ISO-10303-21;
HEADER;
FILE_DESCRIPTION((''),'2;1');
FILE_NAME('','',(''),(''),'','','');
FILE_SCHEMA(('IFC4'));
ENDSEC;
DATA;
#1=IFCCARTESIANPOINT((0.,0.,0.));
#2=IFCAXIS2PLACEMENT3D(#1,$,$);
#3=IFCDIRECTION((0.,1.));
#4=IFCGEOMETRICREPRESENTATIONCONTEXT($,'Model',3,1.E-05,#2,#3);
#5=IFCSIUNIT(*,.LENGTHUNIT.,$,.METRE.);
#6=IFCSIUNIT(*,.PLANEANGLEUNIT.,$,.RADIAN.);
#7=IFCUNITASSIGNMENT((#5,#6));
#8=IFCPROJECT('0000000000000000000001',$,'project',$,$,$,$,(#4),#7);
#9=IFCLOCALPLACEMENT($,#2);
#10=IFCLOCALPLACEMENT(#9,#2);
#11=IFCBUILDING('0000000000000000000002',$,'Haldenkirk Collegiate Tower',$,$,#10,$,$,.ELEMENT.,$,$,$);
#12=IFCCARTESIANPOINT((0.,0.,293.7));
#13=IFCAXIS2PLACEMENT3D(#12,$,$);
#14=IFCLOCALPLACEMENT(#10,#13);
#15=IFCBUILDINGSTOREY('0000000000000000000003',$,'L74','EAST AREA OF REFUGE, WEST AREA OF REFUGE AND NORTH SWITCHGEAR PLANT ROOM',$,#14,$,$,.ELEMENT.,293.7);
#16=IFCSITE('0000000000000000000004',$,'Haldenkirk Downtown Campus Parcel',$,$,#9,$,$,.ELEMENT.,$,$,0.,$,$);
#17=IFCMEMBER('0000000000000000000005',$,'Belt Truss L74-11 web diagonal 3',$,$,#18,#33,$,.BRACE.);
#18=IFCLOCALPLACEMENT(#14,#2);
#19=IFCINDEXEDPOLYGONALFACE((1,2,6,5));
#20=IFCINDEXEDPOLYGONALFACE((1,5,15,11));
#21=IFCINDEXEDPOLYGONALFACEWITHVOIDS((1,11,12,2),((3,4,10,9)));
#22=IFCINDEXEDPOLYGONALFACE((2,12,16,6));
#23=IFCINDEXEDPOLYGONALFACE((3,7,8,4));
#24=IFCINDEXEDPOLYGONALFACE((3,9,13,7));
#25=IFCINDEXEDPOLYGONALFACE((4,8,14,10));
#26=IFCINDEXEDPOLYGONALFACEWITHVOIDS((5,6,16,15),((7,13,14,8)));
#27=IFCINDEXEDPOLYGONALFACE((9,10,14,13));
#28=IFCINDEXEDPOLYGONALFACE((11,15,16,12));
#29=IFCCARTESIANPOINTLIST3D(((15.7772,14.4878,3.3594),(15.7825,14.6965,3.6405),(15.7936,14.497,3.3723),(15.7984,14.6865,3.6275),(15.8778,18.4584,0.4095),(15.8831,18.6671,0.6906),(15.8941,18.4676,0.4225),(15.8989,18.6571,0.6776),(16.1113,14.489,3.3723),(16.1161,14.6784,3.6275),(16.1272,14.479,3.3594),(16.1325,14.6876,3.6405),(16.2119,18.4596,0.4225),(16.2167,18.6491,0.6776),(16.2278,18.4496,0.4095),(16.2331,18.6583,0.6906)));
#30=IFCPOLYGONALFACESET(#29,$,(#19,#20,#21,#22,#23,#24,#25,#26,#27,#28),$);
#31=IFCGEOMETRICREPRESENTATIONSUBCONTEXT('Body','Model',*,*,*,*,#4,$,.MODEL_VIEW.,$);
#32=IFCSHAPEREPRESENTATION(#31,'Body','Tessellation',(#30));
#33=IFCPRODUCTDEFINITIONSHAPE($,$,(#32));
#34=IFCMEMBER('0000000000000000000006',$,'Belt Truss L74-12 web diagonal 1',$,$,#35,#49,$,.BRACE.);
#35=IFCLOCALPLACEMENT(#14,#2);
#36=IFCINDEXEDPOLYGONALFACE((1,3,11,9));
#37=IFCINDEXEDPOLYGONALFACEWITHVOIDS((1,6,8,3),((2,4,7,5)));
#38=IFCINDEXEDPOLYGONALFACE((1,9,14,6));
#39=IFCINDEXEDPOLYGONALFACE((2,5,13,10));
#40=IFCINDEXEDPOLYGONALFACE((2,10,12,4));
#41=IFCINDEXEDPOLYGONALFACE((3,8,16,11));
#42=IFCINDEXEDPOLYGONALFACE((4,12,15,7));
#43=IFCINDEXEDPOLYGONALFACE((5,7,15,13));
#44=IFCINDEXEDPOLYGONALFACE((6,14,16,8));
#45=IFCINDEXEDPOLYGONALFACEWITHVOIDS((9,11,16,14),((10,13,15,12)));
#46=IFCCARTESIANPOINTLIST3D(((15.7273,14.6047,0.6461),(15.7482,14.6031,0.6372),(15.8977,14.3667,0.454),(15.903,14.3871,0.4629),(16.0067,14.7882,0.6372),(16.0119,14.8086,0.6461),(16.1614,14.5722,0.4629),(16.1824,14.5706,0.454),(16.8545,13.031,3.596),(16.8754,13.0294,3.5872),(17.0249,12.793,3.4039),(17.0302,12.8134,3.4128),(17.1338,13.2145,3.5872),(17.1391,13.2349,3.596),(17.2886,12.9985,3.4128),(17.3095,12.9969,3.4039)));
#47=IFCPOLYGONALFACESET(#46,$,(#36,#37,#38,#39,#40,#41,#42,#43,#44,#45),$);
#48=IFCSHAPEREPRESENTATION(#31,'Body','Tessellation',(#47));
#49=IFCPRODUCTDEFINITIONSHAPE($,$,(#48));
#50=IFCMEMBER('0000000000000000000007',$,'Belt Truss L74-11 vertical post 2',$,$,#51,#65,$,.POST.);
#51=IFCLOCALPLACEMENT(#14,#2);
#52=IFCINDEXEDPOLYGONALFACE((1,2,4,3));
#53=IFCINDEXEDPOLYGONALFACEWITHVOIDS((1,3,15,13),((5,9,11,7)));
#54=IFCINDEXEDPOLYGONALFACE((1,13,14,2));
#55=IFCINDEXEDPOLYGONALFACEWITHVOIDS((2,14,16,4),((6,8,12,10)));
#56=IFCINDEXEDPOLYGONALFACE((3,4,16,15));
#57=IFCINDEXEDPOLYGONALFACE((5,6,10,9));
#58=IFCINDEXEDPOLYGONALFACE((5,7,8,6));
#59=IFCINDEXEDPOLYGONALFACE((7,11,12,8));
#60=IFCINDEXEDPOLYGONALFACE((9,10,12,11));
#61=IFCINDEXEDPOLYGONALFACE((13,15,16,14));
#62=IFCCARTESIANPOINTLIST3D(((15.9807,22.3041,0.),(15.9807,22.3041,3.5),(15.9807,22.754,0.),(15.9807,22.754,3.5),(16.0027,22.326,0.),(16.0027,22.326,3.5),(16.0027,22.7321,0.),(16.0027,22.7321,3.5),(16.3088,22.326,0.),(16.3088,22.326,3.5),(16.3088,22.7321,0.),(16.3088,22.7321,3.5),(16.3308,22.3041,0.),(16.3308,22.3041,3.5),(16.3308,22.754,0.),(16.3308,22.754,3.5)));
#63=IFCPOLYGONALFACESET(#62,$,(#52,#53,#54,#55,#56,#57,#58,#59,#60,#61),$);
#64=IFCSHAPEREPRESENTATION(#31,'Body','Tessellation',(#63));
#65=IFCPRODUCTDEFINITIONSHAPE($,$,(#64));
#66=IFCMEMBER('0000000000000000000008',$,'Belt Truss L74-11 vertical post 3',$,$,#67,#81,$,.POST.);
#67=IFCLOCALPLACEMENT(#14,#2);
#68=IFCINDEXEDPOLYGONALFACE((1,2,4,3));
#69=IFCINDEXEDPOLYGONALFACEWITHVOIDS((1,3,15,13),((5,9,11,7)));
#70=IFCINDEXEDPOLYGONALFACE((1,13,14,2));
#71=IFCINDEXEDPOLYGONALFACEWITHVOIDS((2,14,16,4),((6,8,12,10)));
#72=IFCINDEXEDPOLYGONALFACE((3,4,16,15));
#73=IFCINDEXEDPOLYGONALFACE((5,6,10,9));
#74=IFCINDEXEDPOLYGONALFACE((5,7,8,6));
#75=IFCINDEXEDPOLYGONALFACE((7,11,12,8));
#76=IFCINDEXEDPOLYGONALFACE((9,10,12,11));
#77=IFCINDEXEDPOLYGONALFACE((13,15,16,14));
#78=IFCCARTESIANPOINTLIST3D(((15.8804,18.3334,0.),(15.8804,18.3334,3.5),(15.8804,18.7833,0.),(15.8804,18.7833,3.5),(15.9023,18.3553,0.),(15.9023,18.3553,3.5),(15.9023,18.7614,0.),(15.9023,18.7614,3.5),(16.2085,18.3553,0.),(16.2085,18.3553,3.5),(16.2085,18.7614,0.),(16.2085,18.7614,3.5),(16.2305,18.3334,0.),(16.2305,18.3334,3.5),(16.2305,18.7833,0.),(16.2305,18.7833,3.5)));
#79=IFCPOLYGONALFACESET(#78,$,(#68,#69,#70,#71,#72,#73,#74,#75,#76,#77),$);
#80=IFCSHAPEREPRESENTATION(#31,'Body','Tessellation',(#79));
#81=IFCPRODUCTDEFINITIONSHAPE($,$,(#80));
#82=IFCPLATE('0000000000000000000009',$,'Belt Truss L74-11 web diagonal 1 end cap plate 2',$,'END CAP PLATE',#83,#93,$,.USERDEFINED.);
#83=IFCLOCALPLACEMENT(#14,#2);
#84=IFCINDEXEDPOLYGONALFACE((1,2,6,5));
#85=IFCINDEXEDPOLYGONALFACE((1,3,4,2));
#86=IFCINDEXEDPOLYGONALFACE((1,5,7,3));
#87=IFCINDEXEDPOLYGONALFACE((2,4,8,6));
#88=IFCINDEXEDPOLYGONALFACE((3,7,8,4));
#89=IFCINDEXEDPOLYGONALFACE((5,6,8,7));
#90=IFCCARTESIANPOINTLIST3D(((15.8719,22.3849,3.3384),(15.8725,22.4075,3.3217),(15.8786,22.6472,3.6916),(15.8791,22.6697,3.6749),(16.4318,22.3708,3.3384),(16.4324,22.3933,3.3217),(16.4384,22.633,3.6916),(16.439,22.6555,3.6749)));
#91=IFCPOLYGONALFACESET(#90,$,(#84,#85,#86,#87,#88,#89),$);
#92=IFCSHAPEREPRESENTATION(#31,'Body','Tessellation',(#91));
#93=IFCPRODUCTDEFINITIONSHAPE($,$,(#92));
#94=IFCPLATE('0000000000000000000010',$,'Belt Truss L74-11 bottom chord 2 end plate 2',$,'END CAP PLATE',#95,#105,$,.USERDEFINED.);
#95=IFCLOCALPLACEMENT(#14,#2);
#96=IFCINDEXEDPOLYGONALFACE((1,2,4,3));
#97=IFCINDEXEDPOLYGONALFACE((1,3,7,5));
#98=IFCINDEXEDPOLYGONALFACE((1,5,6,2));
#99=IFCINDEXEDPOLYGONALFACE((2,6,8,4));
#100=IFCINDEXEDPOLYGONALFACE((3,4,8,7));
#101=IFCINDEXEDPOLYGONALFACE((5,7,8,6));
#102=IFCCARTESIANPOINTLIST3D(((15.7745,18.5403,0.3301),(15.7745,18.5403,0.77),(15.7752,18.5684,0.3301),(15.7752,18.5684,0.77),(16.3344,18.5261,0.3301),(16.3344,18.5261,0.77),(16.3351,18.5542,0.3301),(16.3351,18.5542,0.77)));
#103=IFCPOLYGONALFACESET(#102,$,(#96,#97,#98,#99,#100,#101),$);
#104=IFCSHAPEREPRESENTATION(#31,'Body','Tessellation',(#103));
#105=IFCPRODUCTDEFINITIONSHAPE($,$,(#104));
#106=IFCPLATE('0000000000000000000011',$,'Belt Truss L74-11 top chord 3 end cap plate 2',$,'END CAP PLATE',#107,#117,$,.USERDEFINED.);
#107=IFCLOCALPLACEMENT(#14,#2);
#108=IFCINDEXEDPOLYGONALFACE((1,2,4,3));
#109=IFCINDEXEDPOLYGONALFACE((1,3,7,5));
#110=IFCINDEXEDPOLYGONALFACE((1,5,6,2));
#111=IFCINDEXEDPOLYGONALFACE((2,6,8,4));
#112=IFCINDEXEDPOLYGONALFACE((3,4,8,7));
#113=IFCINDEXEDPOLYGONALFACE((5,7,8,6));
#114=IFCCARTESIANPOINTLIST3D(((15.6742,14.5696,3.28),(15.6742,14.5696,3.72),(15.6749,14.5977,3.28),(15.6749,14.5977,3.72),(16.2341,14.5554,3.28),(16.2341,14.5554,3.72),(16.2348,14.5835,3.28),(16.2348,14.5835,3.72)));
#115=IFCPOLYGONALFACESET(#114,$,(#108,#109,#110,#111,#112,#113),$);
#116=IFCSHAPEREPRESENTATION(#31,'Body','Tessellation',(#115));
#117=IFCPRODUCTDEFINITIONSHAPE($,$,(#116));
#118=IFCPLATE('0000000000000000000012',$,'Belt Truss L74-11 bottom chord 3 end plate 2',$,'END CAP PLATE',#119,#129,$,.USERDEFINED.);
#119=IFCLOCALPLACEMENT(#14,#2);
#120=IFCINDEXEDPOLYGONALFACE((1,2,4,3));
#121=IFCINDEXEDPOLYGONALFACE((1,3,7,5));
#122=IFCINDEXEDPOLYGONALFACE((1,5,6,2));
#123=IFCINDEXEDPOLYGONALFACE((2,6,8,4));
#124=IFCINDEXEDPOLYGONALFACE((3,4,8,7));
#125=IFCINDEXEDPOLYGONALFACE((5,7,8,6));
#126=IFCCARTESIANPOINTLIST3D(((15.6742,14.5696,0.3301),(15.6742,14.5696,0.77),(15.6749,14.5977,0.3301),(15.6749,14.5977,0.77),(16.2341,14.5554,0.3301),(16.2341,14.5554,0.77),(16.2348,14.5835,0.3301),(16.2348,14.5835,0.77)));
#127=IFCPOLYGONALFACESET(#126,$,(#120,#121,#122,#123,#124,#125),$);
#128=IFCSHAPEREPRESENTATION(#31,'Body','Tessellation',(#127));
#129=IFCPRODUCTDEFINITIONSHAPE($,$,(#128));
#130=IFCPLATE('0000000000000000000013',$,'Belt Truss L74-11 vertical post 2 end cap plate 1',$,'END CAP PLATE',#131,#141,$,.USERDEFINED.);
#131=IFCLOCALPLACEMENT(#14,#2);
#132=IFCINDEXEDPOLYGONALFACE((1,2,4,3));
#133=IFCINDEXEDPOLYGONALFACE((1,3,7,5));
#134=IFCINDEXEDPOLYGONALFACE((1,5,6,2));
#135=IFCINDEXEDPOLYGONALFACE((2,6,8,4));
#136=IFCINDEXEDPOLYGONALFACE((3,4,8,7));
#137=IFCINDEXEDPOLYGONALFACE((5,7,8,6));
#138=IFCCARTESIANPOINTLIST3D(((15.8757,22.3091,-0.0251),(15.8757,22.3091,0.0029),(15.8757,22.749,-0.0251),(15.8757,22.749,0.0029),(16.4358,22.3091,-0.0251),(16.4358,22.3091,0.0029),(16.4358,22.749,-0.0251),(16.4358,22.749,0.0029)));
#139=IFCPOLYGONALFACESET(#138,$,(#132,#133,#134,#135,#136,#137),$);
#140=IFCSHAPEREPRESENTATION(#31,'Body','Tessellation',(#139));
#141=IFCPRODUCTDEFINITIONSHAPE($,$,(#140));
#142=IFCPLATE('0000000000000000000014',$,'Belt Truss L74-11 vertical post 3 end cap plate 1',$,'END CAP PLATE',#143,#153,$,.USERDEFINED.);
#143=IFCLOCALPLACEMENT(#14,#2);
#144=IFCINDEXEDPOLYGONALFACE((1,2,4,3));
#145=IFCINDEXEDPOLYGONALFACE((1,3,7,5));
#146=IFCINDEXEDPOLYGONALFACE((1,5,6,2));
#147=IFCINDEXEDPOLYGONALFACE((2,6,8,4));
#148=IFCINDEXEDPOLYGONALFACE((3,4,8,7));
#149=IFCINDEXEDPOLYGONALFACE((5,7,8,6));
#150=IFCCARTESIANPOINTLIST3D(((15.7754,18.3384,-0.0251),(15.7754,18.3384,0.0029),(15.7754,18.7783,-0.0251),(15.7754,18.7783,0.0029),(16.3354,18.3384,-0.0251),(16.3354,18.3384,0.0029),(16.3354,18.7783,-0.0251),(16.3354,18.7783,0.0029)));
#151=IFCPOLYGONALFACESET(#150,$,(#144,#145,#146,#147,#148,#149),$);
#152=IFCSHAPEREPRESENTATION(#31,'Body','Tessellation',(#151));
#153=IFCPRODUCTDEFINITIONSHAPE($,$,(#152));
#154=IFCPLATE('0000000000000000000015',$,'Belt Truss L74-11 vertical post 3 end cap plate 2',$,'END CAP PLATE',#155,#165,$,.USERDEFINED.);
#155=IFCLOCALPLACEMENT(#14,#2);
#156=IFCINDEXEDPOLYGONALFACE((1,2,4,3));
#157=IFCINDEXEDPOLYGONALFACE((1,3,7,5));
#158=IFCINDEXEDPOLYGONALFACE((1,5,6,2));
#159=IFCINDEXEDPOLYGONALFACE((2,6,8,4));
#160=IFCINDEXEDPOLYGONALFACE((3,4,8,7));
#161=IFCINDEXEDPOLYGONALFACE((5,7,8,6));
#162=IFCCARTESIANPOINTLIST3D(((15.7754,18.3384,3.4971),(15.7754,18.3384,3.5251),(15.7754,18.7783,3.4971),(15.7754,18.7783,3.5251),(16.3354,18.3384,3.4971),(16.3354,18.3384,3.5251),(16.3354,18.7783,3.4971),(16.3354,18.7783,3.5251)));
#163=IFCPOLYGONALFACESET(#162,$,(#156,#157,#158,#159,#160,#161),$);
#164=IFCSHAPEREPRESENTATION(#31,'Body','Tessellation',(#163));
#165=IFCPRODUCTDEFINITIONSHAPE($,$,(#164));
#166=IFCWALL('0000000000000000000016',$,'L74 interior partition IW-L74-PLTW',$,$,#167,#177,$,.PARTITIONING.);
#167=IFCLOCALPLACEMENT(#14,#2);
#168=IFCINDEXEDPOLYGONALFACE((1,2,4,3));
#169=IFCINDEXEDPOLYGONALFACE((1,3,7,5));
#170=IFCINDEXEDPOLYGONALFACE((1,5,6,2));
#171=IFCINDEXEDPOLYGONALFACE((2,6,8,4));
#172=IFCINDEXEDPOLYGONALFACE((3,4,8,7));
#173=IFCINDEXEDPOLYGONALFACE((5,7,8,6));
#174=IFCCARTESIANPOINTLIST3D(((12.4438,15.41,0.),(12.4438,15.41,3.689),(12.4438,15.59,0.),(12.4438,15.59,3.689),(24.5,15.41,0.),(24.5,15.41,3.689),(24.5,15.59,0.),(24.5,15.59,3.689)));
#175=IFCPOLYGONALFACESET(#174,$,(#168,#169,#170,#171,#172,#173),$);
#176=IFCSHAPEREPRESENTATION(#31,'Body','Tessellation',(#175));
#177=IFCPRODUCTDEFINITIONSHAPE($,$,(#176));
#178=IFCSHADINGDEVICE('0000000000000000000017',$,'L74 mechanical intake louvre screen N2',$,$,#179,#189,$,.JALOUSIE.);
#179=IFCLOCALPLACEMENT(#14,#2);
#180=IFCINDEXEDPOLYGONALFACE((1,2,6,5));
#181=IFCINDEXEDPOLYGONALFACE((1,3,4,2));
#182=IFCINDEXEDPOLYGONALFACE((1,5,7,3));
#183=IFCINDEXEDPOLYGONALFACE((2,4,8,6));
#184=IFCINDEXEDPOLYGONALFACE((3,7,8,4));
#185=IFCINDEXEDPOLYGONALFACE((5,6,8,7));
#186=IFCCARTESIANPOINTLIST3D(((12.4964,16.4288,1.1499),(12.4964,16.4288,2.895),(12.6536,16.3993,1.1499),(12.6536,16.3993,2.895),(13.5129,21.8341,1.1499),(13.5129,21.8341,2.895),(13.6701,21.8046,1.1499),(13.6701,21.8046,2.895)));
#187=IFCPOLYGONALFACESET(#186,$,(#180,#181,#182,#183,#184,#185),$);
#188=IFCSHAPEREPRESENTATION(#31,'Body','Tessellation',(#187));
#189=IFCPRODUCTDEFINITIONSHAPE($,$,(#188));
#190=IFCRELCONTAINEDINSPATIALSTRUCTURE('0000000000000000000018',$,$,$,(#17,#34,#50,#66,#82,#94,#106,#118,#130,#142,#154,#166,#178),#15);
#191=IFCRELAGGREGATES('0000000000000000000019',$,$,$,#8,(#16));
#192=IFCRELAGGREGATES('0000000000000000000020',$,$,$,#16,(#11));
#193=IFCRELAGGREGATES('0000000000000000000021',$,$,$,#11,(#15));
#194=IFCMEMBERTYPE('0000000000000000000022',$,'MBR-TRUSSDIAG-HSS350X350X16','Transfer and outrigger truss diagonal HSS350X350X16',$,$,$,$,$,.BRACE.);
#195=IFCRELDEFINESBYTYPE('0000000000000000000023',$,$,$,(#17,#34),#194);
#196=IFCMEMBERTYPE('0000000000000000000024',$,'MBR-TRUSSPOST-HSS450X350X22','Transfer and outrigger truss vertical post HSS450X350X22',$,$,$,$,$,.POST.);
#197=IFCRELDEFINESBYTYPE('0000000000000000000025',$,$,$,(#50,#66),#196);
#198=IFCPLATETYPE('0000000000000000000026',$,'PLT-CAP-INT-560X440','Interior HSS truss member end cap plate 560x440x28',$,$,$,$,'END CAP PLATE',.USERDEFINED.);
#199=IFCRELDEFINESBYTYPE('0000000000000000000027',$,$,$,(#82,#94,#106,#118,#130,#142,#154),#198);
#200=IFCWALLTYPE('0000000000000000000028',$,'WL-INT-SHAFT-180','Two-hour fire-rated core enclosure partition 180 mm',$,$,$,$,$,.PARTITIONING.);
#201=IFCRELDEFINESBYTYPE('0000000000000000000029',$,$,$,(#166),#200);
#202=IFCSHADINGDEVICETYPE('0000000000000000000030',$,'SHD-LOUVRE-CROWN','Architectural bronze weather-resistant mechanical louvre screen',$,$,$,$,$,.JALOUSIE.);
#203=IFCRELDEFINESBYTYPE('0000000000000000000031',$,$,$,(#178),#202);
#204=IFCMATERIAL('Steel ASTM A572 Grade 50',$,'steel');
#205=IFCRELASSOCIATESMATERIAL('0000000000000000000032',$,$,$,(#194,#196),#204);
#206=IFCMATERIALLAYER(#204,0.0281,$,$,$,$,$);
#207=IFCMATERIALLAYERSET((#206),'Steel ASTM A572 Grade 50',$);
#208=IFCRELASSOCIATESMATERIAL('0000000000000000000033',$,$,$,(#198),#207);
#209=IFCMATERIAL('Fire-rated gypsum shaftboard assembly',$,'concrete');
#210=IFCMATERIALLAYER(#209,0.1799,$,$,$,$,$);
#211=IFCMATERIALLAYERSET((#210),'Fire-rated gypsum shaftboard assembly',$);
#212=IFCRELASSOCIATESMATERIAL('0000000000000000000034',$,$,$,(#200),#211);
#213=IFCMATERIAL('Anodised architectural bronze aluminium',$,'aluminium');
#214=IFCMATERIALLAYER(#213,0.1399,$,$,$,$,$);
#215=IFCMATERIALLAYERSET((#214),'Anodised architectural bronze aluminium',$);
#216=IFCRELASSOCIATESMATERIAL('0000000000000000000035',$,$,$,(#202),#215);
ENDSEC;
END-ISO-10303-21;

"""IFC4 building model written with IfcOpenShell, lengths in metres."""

from ifc_helpers import new_model, si_unit, direction, frame, frame_2d, origin, origin_2d, place, context, subcontext, project, spatial, rectangle, hollow_rectangle, extrude, source, transform, mapped, material, layer, layer_set, material_profile, profile_set, type_object, element, save


model = new_model("IFC4")

# Units and contexts
model_context = context("Model", 3, precision=1e-05, world=origin(), true_north=direction((0.0, 1.0)))
body_context = subcontext(model_context, "Body", "Model", "MODEL_VIEW")
ifc_project = project(units=[si_unit("LENGTHUNIT", "METRE"), si_unit("PLANEANGLEUNIT", "RADIAN")], contexts=[model_context])

# Site, building, storey
site_placement = place(None, origin())
site = spatial("IfcSite", under=ifc_project, at=site_placement, Name="Haldenkirk Downtown Campus Parcel", CompositionType="ELEMENT", RefElevation=0.0)
building_placement = place(site_placement, origin())
building = spatial("IfcBuilding", under=site, at=building_placement, Name="Haldenkirk Collegiate Tower", CompositionType="ELEMENT")
storey_placement = place(building_placement, frame((0.0, 0.0, 293.7)))
storey = spatial("IfcBuildingStorey", under=building, at=storey_placement, Name="L74", Description="EAST AREA OF REFUGE, WEST AREA OF REFUGE AND NORTH SWITCHGEAR PLANT ROOM", CompositionType="ELEMENT", Elevation=293.7)

# Members
ifc_material_1 = material(Name="Steel ASTM A572 Grade 50", Category="steel")
ifc_material_profile_1 = material_profile(ifc_material_1, hollow_rectangle(XDim=0.3501, YDim=0.3501, WallThickness=0.0161, at=origin_2d()), Name="HSS350X350X16")
ifc_profile_set_1 = profile_set([ifc_material_profile_1], Name="Steel ASTM A572 Grade 50")
member_type_1 = type_object("IfcMemberType", Name="MBR-TRUSSDIAG-HSS350X350X16", Description="Transfer and outrigger truss diagonal HSS350X350X16", PredefinedType="BRACE", material=ifc_profile_set_1)
for number, where, z_axis, x_axis, name in (
    (1, (16.0554, 18.5583, 0.55), (-0.02033, -0.80255, 0.596238), (0.999679, -0.025324, 0.0), "Belt Truss L74-11 web diagonal 3"),
):
    element("IfcMember", number, at=place(storey_placement, frame(where, z_axis=z_axis, x_axis=x_axis)), inside=storey, type_object=member_type_1, Name=name, PredefinedType="BRACE", context=body_context, shape_type="SweptSolid", body=[
        extrude(hollow_rectangle(XDim=0.3501, YDim=0.3501, WallThickness=0.0161, at=origin_2d()), origin(), (0.0, 0.0, 1.0), 4.9475),
    ])
member_placement = place(storey_placement, frame((15.9548, 14.5876, 0.55), z_axis=(0.319467, -0.446022, 0.836066), x_axis=(0.812974, 0.582299, 0.0)))
element("IfcMember", 2, at=member_placement, inside=storey, type_object=member_type_1, Name="Belt Truss L74-12 web diagonal 1", PredefinedType="BRACE", context=body_context, shape_type="SweptSolid", body=[
    extrude(hollow_rectangle(XDim=0.3501, YDim=0.3501, WallThickness=0.0161, at=origin_2d()), origin(), (0.0, 0.0, 1.0), 3.5283),
])
ifc_material_profile_2 = material_profile(ifc_material_1, hollow_rectangle(XDim=0.3501, YDim=0.45, WallThickness=0.022, at=origin_2d()), Name="HSS450X350X22")
ifc_profile_set_2 = profile_set([ifc_material_profile_2], Name="Steel ASTM A572 Grade 50")
member_type_2 = type_object("IfcMemberType", Name="MBR-TRUSSPOST-HSS450X350X22", Description="Transfer and outrigger truss vertical post HSS450X350X22", PredefinedType="POST", material=ifc_profile_set_2)
for number, where, z_axis, x_axis, name in (
    (3, (16.1558, 22.5291, 0.0), (0.0, 0.0, 1.0), (1.0, 0.0, 0.0), "Belt Truss L74-11 vertical post 2"),
    (4, (16.0554, 18.5583, 0.0), (0.0, 0.0, 1.0), (1.0, 0.0, 0.0), "Belt Truss L74-11 vertical post 3"),
):
    element("IfcMember", number, at=place(storey_placement, frame(where, z_axis=z_axis, x_axis=x_axis)), inside=storey, type_object=member_type_2, Name=name, PredefinedType="POST", context=body_context, shape_type="SweptSolid", body=[
        extrude(hollow_rectangle(XDim=0.3501, YDim=0.45, WallThickness=0.022, at=origin_2d()), origin(), (0.0, 0.0, 1.0), 3.5),
    ])

# Plates
ifc_layer_1 = layer(ifc_material_1, 0.0281)
ifc_layer_set_1 = layer_set([ifc_layer_1], Name="Steel ASTM A572 Grade 50")
plate_type = type_object("IfcPlateType", Name="PLT-CAP-INT-560X440", Description="Interior HSS truss member end cap plate 560x440x28", ElementType="END CAP PLATE", PredefinedType="USERDEFINED", material=ifc_layer_set_1)
shared_shape_1 = source(origin(), body_context, "Body", "SweptSolid", [
    extrude(rectangle(XDim=0.5601, YDim=0.4399, at=origin_2d()), origin(), (0.0, 0.0, 1.0), 0.0281),
])
for number, where, z_axis, x_axis, name in (
    (5, (16.1558, 22.5315, 3.4983), (-0.020313, -0.802546, 0.596245), (0.99968, -0.025302, 0.0), "Belt Truss L74-11 web diagonal 1 end cap plate 2"),
    (6, (16.0552, 18.5613, 0.55), (-0.025302, -0.99968, 0.0), (0.99968, -0.025302, 0.0), "Belt Truss L74-11 bottom chord 2 end plate 2"),
    (7, (15.9548, 14.5906, 3.5), (-0.025302, -0.99968, 0.0), (0.99968, -0.025302, 0.0), "Belt Truss L74-11 top chord 3 end cap plate 2"),
    (8, (15.9548, 14.5906, 0.55), (-0.025302, -0.99968, 0.0), (0.99968, -0.025302, 0.0), "Belt Truss L74-11 bottom chord 3 end plate 2"),
    (9, (16.1558, 22.5291, 0.0029), (0.0, 0.0, -1.0), (1.0, 0.0, 0.0), "Belt Truss L74-11 vertical post 2 end cap plate 1"),
    (10, (16.0554, 18.5583, 0.0029), (0.0, 0.0, -1.0), (1.0, 0.0, 0.0), "Belt Truss L74-11 vertical post 3 end cap plate 1"),
    (11, (16.0554, 18.5583, 3.4971), (0.0, 0.0, 1.0), (1.0, 0.0, 0.0), "Belt Truss L74-11 vertical post 3 end cap plate 2"),
):
    element("IfcPlate", number, at=place(storey_placement, frame(where, z_axis=z_axis, x_axis=x_axis)), inside=storey, type_object=plate_type, Name=name, ObjectType="END CAP PLATE", PredefinedType="USERDEFINED", context=body_context, shape_type="MappedRepresentation", body=[
        mapped(shared_shape_1, transform((0.0, 0.0, 0.0), x_axis=(1.0, 0.0, 0.0), y_axis=(0.0, 1.0, 0.0), z_axis=(0.0, 0.0, 1.0), scale=1.0)),
    ])

# Wall
ifc_material_2 = material(Name="Fire-rated gypsum shaftboard assembly", Category="concrete")
ifc_layer_2 = layer(ifc_material_2, 0.1799)
ifc_layer_set_2 = layer_set([ifc_layer_2], Name="Fire-rated gypsum shaftboard assembly")
wall_type = type_object("IfcWallType", Name="WL-INT-SHAFT-180", Description="Two-hour fire-rated core enclosure partition 180 mm", PredefinedType="PARTITIONING", material=ifc_layer_set_2)
wall_placement = place(storey_placement, frame((12.4438, 15.5, 0.0), z_axis=(0.0, 0.0, 1.0), x_axis=(1.0, 0.0, 0.0)))
element("IfcWall", 12, at=wall_placement, inside=storey, type_object=wall_type, Name="L74 interior partition IW-L74-PLTW", PredefinedType="PARTITIONING", context=body_context, shape_type="SweptSolid", body=[
    extrude(rectangle(XDim=12.0562, YDim=0.1799, at=frame_2d((6.0281, 0.0))), origin(), (0.0, 0.0, 1.0), 3.689),
])

# Shading device
ifc_material_3 = material(Name="Anodised architectural bronze aluminium", Category="aluminium")
ifc_layer_3 = layer(ifc_material_3, 0.1399)
ifc_layer_set_3 = layer_set([ifc_layer_3], Name="Anodised architectural bronze aluminium")
shading_device_type = type_object("IfcShadingDeviceType", Name="SHD-LOUVRE-CROWN", Description="Architectural bronze weather-resistant mechanical louvre screen", PredefinedType="JALOUSIE", material=ifc_layer_set_3)
shared_shape_2 = source(origin(), body_context, "Body", "SweptSolid", [
    extrude(rectangle(XDim=5.5, YDim=0.1599, at=origin_2d()), origin(), (0.0, 0.0, 1.0), 1.7451),
])
shading_device_placement = place(storey_placement, frame((13.0833, 19.1167, 1.1499), z_axis=(0.0, 0.0, 1.0), x_axis=(0.184809, 0.982774, 0.0)))
element("IfcShadingDevice", 13, at=shading_device_placement, inside=storey, type_object=shading_device_type, Name="L74 mechanical intake louvre screen N2", PredefinedType="JALOUSIE", context=body_context, shape_type="MappedRepresentation", body=[
    mapped(shared_shape_2, transform((0.0, 0.0, 0.0), x_axis=(1.0, 0.0, 0.0), y_axis=(0.0, 1.0, 0.0), z_axis=(0.0, 0.0, 1.0), scale=1.0)),
])

save(model, "model.ifc")
